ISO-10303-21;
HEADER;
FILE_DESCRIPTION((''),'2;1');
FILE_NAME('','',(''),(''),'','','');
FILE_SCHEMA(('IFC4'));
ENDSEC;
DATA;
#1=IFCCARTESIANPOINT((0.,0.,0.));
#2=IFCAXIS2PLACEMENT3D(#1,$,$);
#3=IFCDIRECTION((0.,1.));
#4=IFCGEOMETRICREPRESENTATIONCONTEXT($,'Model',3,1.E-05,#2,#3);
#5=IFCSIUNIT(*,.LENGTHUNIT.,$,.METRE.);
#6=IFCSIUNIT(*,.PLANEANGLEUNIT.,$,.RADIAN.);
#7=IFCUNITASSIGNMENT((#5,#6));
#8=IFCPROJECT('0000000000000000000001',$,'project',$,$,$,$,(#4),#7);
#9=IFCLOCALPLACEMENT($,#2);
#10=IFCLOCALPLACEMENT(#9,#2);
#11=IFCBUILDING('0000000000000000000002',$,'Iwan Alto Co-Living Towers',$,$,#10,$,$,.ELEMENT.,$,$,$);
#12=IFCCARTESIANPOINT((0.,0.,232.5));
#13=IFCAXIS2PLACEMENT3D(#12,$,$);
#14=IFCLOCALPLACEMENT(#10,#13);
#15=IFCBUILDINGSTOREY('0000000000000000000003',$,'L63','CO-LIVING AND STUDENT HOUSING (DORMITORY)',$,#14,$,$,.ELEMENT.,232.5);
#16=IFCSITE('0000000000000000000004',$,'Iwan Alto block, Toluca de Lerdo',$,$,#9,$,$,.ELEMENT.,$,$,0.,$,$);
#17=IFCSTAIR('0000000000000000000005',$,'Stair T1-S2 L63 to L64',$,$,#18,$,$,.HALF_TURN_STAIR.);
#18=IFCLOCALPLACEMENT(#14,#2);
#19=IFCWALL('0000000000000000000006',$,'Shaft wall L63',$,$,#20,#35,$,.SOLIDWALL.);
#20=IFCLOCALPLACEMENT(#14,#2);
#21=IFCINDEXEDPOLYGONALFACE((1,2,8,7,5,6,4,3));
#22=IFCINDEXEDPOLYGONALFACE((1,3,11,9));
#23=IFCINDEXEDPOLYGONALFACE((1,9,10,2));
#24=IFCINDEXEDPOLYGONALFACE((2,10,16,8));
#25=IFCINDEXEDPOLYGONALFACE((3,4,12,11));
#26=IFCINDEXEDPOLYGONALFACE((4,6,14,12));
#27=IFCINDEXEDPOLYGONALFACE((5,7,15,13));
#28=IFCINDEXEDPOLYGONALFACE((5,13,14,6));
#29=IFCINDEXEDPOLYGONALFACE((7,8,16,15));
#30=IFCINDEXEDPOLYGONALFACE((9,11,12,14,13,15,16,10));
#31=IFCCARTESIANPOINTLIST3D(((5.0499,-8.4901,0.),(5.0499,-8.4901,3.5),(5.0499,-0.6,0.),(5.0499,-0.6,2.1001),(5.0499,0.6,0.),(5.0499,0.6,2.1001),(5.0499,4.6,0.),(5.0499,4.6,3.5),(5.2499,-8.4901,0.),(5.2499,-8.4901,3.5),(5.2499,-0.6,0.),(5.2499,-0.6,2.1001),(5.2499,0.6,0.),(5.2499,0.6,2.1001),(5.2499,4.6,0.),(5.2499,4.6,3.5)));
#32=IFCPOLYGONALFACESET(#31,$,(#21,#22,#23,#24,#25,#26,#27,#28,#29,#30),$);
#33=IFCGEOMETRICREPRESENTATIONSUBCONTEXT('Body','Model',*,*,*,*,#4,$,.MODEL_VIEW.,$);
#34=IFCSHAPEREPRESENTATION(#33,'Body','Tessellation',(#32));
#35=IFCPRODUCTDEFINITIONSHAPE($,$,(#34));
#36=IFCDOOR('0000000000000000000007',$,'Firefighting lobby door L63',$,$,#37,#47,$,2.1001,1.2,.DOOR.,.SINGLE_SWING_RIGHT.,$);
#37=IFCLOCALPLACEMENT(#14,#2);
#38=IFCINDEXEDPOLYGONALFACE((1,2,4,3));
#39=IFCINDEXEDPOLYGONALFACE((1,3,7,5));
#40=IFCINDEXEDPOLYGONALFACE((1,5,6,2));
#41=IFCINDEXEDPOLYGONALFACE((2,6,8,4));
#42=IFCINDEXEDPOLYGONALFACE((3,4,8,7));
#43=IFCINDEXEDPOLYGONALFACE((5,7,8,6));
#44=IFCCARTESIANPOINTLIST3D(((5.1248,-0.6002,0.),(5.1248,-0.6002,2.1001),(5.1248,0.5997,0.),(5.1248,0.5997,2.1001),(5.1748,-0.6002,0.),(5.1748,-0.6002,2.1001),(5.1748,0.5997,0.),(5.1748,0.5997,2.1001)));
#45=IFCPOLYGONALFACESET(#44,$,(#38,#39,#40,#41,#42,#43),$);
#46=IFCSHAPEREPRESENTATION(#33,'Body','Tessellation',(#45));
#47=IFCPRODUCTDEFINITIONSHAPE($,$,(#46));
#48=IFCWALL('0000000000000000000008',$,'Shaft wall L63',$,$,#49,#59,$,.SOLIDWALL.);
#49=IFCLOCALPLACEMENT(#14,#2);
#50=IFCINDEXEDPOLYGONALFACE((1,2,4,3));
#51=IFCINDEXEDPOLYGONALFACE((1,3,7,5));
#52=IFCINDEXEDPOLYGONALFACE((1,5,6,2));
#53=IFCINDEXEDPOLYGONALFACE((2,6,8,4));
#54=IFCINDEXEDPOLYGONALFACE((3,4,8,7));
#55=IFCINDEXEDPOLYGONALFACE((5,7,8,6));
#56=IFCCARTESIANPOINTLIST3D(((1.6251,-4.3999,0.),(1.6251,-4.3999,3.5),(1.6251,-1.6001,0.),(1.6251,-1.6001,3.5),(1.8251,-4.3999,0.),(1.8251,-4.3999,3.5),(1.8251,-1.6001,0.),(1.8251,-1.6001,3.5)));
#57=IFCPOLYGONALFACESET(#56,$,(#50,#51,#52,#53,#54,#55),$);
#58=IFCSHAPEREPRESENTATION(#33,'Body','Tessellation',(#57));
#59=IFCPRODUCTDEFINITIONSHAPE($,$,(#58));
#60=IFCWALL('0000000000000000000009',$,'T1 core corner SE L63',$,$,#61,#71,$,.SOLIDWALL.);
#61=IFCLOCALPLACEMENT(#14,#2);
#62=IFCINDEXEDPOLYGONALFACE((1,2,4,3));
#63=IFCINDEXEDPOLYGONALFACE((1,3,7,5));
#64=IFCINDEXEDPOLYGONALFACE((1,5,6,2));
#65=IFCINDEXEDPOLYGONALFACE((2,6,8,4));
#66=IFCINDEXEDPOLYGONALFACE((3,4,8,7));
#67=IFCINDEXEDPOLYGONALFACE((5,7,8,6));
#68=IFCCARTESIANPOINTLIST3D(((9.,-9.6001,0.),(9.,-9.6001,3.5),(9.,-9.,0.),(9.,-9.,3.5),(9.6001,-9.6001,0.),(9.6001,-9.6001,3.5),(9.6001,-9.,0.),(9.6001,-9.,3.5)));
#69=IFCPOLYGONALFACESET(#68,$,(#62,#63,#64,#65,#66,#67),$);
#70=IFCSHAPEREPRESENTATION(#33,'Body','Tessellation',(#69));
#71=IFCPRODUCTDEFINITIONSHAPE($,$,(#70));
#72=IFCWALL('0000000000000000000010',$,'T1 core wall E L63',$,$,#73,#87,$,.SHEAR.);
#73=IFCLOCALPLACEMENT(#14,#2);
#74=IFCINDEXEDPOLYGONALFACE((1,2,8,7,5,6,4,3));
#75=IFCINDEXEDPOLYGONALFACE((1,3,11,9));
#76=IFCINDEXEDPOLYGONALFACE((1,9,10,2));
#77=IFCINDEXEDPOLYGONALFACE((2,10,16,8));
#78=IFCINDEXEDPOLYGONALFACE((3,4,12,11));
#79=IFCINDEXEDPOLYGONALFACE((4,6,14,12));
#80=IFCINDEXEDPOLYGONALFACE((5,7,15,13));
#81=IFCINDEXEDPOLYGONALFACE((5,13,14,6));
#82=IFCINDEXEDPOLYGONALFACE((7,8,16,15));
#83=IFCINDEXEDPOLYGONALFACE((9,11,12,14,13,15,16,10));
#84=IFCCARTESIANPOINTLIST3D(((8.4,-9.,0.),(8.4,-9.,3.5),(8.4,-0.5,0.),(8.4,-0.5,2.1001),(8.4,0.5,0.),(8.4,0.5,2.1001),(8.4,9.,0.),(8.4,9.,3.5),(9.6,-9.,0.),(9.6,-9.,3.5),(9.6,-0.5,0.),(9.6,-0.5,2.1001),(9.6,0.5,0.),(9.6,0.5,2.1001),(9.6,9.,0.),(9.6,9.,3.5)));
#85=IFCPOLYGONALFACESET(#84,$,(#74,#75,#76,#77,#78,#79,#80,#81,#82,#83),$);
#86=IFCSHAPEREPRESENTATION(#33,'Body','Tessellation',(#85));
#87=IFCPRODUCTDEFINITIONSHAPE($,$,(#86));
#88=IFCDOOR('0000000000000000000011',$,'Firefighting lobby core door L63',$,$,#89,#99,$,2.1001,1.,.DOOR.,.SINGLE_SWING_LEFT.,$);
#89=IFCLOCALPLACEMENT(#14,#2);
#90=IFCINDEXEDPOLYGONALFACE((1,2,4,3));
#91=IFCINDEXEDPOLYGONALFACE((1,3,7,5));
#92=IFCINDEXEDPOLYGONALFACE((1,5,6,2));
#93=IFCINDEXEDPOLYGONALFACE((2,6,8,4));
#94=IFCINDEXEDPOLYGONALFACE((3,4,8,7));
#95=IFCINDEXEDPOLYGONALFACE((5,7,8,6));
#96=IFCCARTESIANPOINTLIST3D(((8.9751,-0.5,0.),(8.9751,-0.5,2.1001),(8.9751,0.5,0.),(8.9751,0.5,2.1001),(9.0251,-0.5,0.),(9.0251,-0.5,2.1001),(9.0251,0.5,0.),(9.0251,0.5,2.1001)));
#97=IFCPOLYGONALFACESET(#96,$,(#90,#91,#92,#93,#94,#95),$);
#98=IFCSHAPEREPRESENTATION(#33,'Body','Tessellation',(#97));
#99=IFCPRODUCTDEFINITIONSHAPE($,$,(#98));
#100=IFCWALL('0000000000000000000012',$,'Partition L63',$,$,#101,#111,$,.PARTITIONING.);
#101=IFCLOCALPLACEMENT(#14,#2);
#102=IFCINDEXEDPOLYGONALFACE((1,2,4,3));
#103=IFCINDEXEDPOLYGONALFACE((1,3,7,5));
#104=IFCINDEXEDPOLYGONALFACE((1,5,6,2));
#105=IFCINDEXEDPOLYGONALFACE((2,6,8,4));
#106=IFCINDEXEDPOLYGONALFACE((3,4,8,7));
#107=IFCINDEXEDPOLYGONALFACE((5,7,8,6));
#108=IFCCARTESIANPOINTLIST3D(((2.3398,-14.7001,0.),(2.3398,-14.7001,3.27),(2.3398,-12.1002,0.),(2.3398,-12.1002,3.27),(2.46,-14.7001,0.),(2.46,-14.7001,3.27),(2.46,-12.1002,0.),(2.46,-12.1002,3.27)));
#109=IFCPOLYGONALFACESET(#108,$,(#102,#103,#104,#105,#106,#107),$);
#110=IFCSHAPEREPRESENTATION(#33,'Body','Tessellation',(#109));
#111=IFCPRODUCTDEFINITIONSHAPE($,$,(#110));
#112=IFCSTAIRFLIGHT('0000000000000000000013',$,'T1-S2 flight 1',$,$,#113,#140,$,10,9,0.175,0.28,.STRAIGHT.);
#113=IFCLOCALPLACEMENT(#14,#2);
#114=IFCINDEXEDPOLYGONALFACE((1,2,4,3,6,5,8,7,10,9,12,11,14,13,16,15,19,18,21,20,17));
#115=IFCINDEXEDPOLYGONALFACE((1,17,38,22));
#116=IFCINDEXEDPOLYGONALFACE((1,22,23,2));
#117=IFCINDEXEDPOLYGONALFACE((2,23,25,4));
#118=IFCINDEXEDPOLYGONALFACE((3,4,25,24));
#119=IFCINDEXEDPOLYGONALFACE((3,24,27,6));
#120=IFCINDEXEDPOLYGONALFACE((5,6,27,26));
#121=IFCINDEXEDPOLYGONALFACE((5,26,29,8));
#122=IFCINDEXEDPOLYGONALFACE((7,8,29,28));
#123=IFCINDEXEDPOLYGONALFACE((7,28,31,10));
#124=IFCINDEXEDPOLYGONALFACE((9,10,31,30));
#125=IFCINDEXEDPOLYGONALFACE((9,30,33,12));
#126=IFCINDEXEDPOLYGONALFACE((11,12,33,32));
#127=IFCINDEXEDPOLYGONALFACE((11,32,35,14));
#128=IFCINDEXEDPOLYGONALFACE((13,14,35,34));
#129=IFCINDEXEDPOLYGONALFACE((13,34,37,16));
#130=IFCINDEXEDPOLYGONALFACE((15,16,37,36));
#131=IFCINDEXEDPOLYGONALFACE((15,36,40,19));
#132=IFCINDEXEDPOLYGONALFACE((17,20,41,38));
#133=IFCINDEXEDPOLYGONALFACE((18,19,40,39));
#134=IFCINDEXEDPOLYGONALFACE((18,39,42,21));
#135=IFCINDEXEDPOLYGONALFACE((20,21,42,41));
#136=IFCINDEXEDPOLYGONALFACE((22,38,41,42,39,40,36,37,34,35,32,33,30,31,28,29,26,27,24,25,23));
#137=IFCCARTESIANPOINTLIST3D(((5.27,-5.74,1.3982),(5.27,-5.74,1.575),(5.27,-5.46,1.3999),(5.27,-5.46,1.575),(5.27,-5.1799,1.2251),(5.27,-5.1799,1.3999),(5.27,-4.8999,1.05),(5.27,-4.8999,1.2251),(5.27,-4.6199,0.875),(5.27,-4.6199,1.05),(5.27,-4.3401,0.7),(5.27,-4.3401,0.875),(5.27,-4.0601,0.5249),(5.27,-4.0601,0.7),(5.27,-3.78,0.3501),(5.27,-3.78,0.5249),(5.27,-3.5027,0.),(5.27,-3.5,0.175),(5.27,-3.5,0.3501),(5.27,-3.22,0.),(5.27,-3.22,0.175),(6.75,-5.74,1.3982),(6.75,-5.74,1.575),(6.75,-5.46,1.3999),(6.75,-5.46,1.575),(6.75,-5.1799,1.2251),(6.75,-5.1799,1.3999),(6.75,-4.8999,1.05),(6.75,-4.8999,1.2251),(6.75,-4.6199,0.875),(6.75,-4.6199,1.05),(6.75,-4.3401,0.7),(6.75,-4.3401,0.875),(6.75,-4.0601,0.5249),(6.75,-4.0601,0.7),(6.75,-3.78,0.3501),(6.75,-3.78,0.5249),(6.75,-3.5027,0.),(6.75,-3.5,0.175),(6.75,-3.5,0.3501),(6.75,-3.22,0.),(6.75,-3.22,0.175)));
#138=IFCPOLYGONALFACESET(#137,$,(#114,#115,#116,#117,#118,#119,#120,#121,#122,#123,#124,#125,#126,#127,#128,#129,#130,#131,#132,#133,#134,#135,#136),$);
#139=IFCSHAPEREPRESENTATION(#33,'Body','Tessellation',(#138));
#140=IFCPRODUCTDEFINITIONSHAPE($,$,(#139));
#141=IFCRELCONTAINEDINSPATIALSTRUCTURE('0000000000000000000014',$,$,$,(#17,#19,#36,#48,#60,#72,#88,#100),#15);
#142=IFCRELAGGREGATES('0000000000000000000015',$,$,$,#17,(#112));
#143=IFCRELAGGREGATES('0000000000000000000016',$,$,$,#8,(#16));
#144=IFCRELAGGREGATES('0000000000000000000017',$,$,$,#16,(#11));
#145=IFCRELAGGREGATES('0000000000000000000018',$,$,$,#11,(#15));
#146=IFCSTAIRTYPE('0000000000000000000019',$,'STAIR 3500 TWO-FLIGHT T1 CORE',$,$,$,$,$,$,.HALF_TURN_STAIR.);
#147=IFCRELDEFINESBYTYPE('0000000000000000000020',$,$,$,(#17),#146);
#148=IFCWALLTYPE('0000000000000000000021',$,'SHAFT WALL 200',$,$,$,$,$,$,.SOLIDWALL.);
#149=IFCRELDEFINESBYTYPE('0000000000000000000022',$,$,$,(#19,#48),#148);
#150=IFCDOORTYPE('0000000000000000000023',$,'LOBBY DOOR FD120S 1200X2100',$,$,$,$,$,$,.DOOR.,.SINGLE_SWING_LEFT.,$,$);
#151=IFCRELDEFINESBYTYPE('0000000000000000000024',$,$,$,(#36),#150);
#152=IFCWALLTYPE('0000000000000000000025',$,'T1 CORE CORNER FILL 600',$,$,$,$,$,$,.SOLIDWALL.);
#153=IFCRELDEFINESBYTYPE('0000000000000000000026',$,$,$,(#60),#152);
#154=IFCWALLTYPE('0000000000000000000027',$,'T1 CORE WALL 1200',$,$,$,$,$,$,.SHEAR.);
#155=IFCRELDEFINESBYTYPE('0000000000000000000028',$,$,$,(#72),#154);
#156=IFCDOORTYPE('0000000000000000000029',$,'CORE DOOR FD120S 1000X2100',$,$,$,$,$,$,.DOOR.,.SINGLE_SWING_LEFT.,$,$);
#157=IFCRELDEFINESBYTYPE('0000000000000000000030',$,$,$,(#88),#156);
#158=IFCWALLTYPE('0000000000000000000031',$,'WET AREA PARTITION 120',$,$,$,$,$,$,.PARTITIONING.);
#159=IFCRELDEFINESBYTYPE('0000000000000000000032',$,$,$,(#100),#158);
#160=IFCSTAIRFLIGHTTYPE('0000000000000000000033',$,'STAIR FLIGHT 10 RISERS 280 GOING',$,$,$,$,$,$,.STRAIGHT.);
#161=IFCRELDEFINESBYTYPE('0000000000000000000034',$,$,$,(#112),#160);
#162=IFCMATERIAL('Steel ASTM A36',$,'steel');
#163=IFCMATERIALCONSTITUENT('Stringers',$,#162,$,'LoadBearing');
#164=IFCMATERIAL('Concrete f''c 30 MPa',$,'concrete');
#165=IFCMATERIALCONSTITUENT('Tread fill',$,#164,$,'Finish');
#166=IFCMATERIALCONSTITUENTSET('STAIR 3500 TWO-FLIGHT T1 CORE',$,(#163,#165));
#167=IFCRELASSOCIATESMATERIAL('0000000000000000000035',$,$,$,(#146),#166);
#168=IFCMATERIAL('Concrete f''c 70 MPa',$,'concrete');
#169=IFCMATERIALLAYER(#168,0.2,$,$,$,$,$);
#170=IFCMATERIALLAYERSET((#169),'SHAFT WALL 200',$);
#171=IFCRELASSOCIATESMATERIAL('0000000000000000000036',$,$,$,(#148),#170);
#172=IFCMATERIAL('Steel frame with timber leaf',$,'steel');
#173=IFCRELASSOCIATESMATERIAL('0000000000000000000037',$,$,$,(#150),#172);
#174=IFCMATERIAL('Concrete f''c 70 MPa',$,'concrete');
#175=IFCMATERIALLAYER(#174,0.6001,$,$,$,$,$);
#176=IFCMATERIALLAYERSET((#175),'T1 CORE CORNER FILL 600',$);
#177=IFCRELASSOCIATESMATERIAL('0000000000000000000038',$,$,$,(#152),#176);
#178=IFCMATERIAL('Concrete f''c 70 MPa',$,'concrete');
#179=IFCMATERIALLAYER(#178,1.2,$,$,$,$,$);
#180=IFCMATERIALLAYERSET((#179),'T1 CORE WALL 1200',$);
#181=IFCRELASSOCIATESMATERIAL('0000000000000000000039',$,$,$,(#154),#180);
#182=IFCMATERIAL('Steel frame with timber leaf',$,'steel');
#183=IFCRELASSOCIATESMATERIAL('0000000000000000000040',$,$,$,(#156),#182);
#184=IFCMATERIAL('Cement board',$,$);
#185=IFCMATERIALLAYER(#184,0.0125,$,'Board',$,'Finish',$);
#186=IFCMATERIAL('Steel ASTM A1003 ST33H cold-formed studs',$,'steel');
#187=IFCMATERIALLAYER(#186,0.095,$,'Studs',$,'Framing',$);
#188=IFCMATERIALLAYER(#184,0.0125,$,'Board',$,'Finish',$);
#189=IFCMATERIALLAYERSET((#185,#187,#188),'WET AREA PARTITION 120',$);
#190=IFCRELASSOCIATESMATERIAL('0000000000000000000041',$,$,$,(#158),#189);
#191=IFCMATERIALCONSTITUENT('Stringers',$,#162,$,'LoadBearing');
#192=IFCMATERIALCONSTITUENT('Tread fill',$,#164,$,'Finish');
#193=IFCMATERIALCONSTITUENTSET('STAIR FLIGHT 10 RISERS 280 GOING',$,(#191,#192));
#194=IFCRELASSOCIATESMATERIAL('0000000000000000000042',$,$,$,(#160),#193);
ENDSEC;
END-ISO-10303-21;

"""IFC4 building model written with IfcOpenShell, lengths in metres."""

from ifc_helpers import new_model, si_unit, direction, frame, frame_2d, origin, place, context, subcontext, project, spatial, polyline, rectangle, outline, extrude, material, layer, layer_set, constituent, constituent_set, type_object, element, fill, aggregate, save


model = new_model("IFC4")

# Units and contexts
model_context = context("Model", 3, precision=1e-05, world=origin(), true_north=direction((0.0, 1.0)))
body_context = subcontext(model_context, "Body", "Model", "MODEL_VIEW")
ifc_project = project(units=[si_unit("LENGTHUNIT", "METRE"), si_unit("PLANEANGLEUNIT", "RADIAN")], contexts=[model_context])

# Site, building, storey
site_placement = place(None, origin())
site = spatial("IfcSite", under=ifc_project, at=site_placement, Name="Iwan Alto block, Toluca de Lerdo", CompositionType="ELEMENT", RefElevation=0.0)
building_placement = place(site_placement, origin())
building = spatial("IfcBuilding", under=site, at=building_placement, Name="Iwan Alto Co-Living Towers", CompositionType="ELEMENT")
storey_placement = place(building_placement, frame((0.0, 0.0, 232.5)))
storey = spatial("IfcBuildingStorey", under=building, at=storey_placement, Name="L63", Description="CO-LIVING AND STUDENT HOUSING (DORMITORY)", CompositionType="ELEMENT", Elevation=232.5)

# Stair
ifc_material_1 = material(Name="Steel ASTM A36", Category="steel")
ifc_constituent_1 = constituent(ifc_material_1, Name="Stringers", Category="LoadBearing")
ifc_material_2 = material(Name="Concrete f'c 30 MPa", Category="concrete")
ifc_constituent_2 = constituent(ifc_material_2, Name="Tread fill", Category="Finish")
ifc_constituent_set_1 = constituent_set(constituents=[ifc_constituent_1, ifc_constituent_2], Name="STAIR 3500 TWO-FLIGHT T1 CORE")
stair_type = type_object("IfcStairType", Name="STAIR 3500 TWO-FLIGHT T1 CORE", PredefinedType="HALF_TURN_STAIR", material=ifc_constituent_set_1)
stair_1_placement = place(storey_placement, origin())
stair_1 = element("IfcStair", 1, at=stair_1_placement, inside=storey, type_object=stair_type, Name="Stair T1-S2 L63 to L64", PredefinedType="HALF_TURN_STAIR")

# Wall, opening, door
ifc_material_3 = material(Name="Concrete f'c 70 MPa", Category="concrete")
ifc_layer_1 = layer(ifc_material_3, 0.2)
ifc_layer_set_1 = layer_set([ifc_layer_1], Name="SHAFT WALL 200")
wall_type_1 = type_object("IfcWallType", Name="SHAFT WALL 200", PredefinedType="SOLIDWALL", material=ifc_layer_set_1)
wall_1_placement = place(storey_placement, frame((5.1499, -8.49, 0.0), z_axis=(0.0, 0.0, 1.0), x_axis=(0.0, 1.0, 0.0)))
wall_1 = element("IfcWall", 2, at=wall_1_placement, inside=storey, type_object=wall_type_1, Name="Shaft wall L63", PredefinedType="SOLIDWALL", context=body_context, shape_type="SweptSolid", body=[
    extrude(rectangle(XDim=13.0901, YDim=0.2, at=frame_2d((6.5449, 0.0))), origin(), (0.0, 0.0, 1.0), 3.5),
])
opening_1_placement = place(wall_1_placement, frame((7.8899, 0.0, 0.0)))
opening_1 = element("IfcOpeningElement", 3, at=opening_1_placement, cuts=wall_1, PredefinedType="OPENING", context=body_context, shape_type="SweptSolid", body=[
    extrude(rectangle(XDim=1.2, YDim=2.1001, at=frame_2d((0.6001, 1.05))), frame((0.0, 0.1099, 0.0), z_axis=(0.0, -1.0, 0.0), x_axis=(1.0, 0.0, 0.0)), (0.0, 0.0, 1.0), 0.22),
])
ifc_material_4 = material(Name="Steel frame with timber leaf", Category="steel")
door_type_1 = type_object("IfcDoorType", Name="LOBBY DOOR FD120S 1200X2100", OperationType="SINGLE_SWING_LEFT", PredefinedType="DOOR", material=ifc_material_4)
door_1_placement = place(opening_1_placement, frame((1.2, 0.0, 0.0), z_axis=(0.0, 0.0, 1.0), x_axis=(-1.0, 0.0, 0.0)))
door_1 = element("IfcDoor", 4, at=door_1_placement, inside=storey, type_object=door_type_1, Name="Firefighting lobby door L63", OperationType="SINGLE_SWING_RIGHT", OverallHeight=2.1001, OverallWidth=1.2, PredefinedType="DOOR", context=body_context, shape_type="SweptSolid", body=[
    extrude(rectangle(XDim=1.2, YDim=2.1001, at=frame_2d((0.6001, 1.05))), frame((0.0, 0.0249, 0.0), z_axis=(0.0, -1.0, 0.0), x_axis=(1.0, 0.0, 0.0)), (0.0, 0.0, 1.0), 0.05),
])
fill(opening_1, door_1)

# Walls
wall_2_placement = place(storey_placement, frame((1.7251, -4.3999, 0.0), z_axis=(0.0, 0.0, 1.0), x_axis=(0.0, 1.0, 0.0)))
element("IfcWall", 5, at=wall_2_placement, inside=storey, type_object=wall_type_1, Name="Shaft wall L63", PredefinedType="SOLIDWALL", context=body_context, shape_type="SweptSolid", body=[
    extrude(rectangle(XDim=2.7998, YDim=0.2, at=frame_2d((1.3999, 0.0))), origin(), (0.0, 0.0, 1.0), 3.5),
])
ifc_material_5 = material(Name="Concrete f'c 70 MPa", Category="concrete")
ifc_layer_2 = layer(ifc_material_5, 0.6001)
ifc_layer_set_2 = layer_set([ifc_layer_2], Name="T1 CORE CORNER FILL 600")
wall_type_2 = type_object("IfcWallType", Name="T1 CORE CORNER FILL 600", PredefinedType="SOLIDWALL", material=ifc_layer_set_2)
wall_3_placement = place(storey_placement, frame((9.0, -9.3, 0.0), z_axis=(0.0, 0.0, 1.0), x_axis=(1.0, 0.0, 0.0)))
element("IfcWall", 6, at=wall_3_placement, inside=storey, type_object=wall_type_2, Name="T1 core corner SE L63", PredefinedType="SOLIDWALL", context=body_context, shape_type="SweptSolid", body=[
    extrude(rectangle(XDim=0.6001, YDim=0.6001, at=frame_2d((0.3, 0.0))), origin(), (0.0, 0.0, 1.0), 3.5),
])

# Wall, opening, door
ifc_material_6 = material(Name="Concrete f'c 70 MPa", Category="concrete")
ifc_layer_3 = layer(ifc_material_6, 1.2)
ifc_layer_set_3 = layer_set([ifc_layer_3], Name="T1 CORE WALL 1200")
wall_type_3 = type_object("IfcWallType", Name="T1 CORE WALL 1200", PredefinedType="SHEAR", material=ifc_layer_set_3)
wall_4_placement = place(storey_placement, frame((9.0, -9.0, 0.0), z_axis=(0.0, 0.0, 1.0), x_axis=(0.0, 1.0, 0.0)))
wall_4 = element("IfcWall", 7, at=wall_4_placement, inside=storey, type_object=wall_type_3, Name="T1 core wall E L63", PredefinedType="SHEAR", context=body_context, shape_type="SweptSolid", body=[
    extrude(rectangle(XDim=18.0, YDim=1.2, at=frame_2d((9.0, 0.0))), origin(), (0.0, 0.0, 1.0), 3.5),
])
opening_2_placement = place(wall_4_placement, frame((8.5, 0.0, 0.0)))
opening_2 = element("IfcOpeningElement", 8, at=opening_2_placement, cuts=wall_4, PredefinedType="OPENING", context=body_context, shape_type="SweptSolid", body=[
    extrude(rectangle(XDim=1.0, YDim=2.1001, at=frame_2d((0.5, 1.05))), frame((0.0, 0.6099, 0.0), z_axis=(0.0, -1.0, 0.0), x_axis=(1.0, 0.0, 0.0)), (0.0, 0.0, 1.0), 1.22),
])
ifc_material_7 = material(Name="Steel frame with timber leaf", Category="steel")
door_type_2 = type_object("IfcDoorType", Name="CORE DOOR FD120S 1000X2100", OperationType="SINGLE_SWING_LEFT", PredefinedType="DOOR", material=ifc_material_7)
door_2_placement = place(opening_2_placement, origin())
door_2 = element("IfcDoor", 9, at=door_2_placement, inside=storey, type_object=door_type_2, Name="Firefighting lobby core door L63", OperationType="SINGLE_SWING_LEFT", OverallHeight=2.1001, OverallWidth=1.0, PredefinedType="DOOR", context=body_context, shape_type="SweptSolid", body=[
    extrude(rectangle(XDim=1.0, YDim=2.1001, at=frame_2d((0.5, 1.05))), frame((0.0, 0.0249, 0.0), z_axis=(0.0, -1.0, 0.0), x_axis=(1.0, 0.0, 0.0)), (0.0, 0.0, 1.0), 0.05),
])
fill(opening_2, door_2)

# Wall
ifc_material_8 = material(Name="Cement board")
ifc_layer_4 = layer(ifc_material_8, 0.0125, Name="Board", Category="Finish")
ifc_material_9 = material(Name="Steel ASTM A1003 ST33H cold-formed studs", Category="steel")
ifc_layer_5 = layer(ifc_material_9, 0.095, Name="Studs", Category="Framing")
ifc_layer_6 = layer(ifc_material_8, 0.0125, Name="Board", Category="Finish")
ifc_layer_set_4 = layer_set([ifc_layer_4, ifc_layer_5, ifc_layer_6], Name="WET AREA PARTITION 120")
wall_type_4 = type_object("IfcWallType", Name="WET AREA PARTITION 120", PredefinedType="PARTITIONING", material=ifc_layer_set_4)
wall_5_placement = place(storey_placement, frame((2.3999, -14.7, 0.0), z_axis=(0.0, 0.0, 1.0), x_axis=(0.0, 1.0, 0.0)))
element("IfcWall", 10, at=wall_5_placement, inside=storey, type_object=wall_type_4, Name="Partition L63", PredefinedType="PARTITIONING", context=body_context, shape_type="SweptSolid", body=[
    extrude(rectangle(XDim=2.5999, YDim=0.1201, at=frame_2d((1.2998, 0.0))), origin(), (0.0, 0.0, 1.0), 3.27),
])

# Stair flight
ifc_constituent_3 = constituent(ifc_material_1, Name="Stringers", Category="LoadBearing")
ifc_constituent_4 = constituent(ifc_material_2, Name="Tread fill", Category="Finish")
ifc_constituent_set_2 = constituent_set(constituents=[ifc_constituent_3, ifc_constituent_4], Name="STAIR FLIGHT 10 RISERS 280 GOING")
stair_flight_type = type_object("IfcStairFlightType", Name="STAIR FLIGHT 10 RISERS 280 GOING", PredefinedType="STRAIGHT", material=ifc_constituent_set_2)
stair_flight_1_placement = place(storey_placement, frame((6.01, -3.22, 0.0), z_axis=(0.0, 0.0, 1.0), x_axis=(0.0, -1.0, 0.0)))
stair_flight_1 = element("IfcStairFlight", 11, at=stair_flight_1_placement, type_object=stair_flight_type, Name="T1-S2 flight 1", NumberOfRisers=10, NumberOfTreads=9, PredefinedType="STRAIGHT", RiserHeight=0.175, TreadLength=0.28, context=body_context, shape_type="SweptSolid", body=[
    extrude(outline(polyline([(0.0, 0.0), (0.0, 0.175), (0.28, 0.175), (0.28, 0.3501), (0.5601, 0.3501), (0.5601, 0.5249), (0.8401, 0.5249), (0.8401, 0.7), (1.1201, 0.7), (1.1201, 0.875), (1.3999, 0.875), (1.3999, 1.05), (1.6799, 1.05), (1.6799, 1.2251), (1.96, 1.2251), (1.96, 1.3999), (2.24, 1.3999), (2.24, 1.575), (2.52, 1.575), (2.52, 1.75), (2.52, 1.3982), (0.2827, 0.0), (0.0, 0.0)])), frame((0.0, 0.74, 0.0), z_axis=(0.0, -1.0, 0.0), x_axis=(1.0, 0.0, 0.0)), (0.0, 0.0, 1.0), 1.48),
])
aggregate(stair_1, [stair_flight_1])

save(model, "model.ifc")
